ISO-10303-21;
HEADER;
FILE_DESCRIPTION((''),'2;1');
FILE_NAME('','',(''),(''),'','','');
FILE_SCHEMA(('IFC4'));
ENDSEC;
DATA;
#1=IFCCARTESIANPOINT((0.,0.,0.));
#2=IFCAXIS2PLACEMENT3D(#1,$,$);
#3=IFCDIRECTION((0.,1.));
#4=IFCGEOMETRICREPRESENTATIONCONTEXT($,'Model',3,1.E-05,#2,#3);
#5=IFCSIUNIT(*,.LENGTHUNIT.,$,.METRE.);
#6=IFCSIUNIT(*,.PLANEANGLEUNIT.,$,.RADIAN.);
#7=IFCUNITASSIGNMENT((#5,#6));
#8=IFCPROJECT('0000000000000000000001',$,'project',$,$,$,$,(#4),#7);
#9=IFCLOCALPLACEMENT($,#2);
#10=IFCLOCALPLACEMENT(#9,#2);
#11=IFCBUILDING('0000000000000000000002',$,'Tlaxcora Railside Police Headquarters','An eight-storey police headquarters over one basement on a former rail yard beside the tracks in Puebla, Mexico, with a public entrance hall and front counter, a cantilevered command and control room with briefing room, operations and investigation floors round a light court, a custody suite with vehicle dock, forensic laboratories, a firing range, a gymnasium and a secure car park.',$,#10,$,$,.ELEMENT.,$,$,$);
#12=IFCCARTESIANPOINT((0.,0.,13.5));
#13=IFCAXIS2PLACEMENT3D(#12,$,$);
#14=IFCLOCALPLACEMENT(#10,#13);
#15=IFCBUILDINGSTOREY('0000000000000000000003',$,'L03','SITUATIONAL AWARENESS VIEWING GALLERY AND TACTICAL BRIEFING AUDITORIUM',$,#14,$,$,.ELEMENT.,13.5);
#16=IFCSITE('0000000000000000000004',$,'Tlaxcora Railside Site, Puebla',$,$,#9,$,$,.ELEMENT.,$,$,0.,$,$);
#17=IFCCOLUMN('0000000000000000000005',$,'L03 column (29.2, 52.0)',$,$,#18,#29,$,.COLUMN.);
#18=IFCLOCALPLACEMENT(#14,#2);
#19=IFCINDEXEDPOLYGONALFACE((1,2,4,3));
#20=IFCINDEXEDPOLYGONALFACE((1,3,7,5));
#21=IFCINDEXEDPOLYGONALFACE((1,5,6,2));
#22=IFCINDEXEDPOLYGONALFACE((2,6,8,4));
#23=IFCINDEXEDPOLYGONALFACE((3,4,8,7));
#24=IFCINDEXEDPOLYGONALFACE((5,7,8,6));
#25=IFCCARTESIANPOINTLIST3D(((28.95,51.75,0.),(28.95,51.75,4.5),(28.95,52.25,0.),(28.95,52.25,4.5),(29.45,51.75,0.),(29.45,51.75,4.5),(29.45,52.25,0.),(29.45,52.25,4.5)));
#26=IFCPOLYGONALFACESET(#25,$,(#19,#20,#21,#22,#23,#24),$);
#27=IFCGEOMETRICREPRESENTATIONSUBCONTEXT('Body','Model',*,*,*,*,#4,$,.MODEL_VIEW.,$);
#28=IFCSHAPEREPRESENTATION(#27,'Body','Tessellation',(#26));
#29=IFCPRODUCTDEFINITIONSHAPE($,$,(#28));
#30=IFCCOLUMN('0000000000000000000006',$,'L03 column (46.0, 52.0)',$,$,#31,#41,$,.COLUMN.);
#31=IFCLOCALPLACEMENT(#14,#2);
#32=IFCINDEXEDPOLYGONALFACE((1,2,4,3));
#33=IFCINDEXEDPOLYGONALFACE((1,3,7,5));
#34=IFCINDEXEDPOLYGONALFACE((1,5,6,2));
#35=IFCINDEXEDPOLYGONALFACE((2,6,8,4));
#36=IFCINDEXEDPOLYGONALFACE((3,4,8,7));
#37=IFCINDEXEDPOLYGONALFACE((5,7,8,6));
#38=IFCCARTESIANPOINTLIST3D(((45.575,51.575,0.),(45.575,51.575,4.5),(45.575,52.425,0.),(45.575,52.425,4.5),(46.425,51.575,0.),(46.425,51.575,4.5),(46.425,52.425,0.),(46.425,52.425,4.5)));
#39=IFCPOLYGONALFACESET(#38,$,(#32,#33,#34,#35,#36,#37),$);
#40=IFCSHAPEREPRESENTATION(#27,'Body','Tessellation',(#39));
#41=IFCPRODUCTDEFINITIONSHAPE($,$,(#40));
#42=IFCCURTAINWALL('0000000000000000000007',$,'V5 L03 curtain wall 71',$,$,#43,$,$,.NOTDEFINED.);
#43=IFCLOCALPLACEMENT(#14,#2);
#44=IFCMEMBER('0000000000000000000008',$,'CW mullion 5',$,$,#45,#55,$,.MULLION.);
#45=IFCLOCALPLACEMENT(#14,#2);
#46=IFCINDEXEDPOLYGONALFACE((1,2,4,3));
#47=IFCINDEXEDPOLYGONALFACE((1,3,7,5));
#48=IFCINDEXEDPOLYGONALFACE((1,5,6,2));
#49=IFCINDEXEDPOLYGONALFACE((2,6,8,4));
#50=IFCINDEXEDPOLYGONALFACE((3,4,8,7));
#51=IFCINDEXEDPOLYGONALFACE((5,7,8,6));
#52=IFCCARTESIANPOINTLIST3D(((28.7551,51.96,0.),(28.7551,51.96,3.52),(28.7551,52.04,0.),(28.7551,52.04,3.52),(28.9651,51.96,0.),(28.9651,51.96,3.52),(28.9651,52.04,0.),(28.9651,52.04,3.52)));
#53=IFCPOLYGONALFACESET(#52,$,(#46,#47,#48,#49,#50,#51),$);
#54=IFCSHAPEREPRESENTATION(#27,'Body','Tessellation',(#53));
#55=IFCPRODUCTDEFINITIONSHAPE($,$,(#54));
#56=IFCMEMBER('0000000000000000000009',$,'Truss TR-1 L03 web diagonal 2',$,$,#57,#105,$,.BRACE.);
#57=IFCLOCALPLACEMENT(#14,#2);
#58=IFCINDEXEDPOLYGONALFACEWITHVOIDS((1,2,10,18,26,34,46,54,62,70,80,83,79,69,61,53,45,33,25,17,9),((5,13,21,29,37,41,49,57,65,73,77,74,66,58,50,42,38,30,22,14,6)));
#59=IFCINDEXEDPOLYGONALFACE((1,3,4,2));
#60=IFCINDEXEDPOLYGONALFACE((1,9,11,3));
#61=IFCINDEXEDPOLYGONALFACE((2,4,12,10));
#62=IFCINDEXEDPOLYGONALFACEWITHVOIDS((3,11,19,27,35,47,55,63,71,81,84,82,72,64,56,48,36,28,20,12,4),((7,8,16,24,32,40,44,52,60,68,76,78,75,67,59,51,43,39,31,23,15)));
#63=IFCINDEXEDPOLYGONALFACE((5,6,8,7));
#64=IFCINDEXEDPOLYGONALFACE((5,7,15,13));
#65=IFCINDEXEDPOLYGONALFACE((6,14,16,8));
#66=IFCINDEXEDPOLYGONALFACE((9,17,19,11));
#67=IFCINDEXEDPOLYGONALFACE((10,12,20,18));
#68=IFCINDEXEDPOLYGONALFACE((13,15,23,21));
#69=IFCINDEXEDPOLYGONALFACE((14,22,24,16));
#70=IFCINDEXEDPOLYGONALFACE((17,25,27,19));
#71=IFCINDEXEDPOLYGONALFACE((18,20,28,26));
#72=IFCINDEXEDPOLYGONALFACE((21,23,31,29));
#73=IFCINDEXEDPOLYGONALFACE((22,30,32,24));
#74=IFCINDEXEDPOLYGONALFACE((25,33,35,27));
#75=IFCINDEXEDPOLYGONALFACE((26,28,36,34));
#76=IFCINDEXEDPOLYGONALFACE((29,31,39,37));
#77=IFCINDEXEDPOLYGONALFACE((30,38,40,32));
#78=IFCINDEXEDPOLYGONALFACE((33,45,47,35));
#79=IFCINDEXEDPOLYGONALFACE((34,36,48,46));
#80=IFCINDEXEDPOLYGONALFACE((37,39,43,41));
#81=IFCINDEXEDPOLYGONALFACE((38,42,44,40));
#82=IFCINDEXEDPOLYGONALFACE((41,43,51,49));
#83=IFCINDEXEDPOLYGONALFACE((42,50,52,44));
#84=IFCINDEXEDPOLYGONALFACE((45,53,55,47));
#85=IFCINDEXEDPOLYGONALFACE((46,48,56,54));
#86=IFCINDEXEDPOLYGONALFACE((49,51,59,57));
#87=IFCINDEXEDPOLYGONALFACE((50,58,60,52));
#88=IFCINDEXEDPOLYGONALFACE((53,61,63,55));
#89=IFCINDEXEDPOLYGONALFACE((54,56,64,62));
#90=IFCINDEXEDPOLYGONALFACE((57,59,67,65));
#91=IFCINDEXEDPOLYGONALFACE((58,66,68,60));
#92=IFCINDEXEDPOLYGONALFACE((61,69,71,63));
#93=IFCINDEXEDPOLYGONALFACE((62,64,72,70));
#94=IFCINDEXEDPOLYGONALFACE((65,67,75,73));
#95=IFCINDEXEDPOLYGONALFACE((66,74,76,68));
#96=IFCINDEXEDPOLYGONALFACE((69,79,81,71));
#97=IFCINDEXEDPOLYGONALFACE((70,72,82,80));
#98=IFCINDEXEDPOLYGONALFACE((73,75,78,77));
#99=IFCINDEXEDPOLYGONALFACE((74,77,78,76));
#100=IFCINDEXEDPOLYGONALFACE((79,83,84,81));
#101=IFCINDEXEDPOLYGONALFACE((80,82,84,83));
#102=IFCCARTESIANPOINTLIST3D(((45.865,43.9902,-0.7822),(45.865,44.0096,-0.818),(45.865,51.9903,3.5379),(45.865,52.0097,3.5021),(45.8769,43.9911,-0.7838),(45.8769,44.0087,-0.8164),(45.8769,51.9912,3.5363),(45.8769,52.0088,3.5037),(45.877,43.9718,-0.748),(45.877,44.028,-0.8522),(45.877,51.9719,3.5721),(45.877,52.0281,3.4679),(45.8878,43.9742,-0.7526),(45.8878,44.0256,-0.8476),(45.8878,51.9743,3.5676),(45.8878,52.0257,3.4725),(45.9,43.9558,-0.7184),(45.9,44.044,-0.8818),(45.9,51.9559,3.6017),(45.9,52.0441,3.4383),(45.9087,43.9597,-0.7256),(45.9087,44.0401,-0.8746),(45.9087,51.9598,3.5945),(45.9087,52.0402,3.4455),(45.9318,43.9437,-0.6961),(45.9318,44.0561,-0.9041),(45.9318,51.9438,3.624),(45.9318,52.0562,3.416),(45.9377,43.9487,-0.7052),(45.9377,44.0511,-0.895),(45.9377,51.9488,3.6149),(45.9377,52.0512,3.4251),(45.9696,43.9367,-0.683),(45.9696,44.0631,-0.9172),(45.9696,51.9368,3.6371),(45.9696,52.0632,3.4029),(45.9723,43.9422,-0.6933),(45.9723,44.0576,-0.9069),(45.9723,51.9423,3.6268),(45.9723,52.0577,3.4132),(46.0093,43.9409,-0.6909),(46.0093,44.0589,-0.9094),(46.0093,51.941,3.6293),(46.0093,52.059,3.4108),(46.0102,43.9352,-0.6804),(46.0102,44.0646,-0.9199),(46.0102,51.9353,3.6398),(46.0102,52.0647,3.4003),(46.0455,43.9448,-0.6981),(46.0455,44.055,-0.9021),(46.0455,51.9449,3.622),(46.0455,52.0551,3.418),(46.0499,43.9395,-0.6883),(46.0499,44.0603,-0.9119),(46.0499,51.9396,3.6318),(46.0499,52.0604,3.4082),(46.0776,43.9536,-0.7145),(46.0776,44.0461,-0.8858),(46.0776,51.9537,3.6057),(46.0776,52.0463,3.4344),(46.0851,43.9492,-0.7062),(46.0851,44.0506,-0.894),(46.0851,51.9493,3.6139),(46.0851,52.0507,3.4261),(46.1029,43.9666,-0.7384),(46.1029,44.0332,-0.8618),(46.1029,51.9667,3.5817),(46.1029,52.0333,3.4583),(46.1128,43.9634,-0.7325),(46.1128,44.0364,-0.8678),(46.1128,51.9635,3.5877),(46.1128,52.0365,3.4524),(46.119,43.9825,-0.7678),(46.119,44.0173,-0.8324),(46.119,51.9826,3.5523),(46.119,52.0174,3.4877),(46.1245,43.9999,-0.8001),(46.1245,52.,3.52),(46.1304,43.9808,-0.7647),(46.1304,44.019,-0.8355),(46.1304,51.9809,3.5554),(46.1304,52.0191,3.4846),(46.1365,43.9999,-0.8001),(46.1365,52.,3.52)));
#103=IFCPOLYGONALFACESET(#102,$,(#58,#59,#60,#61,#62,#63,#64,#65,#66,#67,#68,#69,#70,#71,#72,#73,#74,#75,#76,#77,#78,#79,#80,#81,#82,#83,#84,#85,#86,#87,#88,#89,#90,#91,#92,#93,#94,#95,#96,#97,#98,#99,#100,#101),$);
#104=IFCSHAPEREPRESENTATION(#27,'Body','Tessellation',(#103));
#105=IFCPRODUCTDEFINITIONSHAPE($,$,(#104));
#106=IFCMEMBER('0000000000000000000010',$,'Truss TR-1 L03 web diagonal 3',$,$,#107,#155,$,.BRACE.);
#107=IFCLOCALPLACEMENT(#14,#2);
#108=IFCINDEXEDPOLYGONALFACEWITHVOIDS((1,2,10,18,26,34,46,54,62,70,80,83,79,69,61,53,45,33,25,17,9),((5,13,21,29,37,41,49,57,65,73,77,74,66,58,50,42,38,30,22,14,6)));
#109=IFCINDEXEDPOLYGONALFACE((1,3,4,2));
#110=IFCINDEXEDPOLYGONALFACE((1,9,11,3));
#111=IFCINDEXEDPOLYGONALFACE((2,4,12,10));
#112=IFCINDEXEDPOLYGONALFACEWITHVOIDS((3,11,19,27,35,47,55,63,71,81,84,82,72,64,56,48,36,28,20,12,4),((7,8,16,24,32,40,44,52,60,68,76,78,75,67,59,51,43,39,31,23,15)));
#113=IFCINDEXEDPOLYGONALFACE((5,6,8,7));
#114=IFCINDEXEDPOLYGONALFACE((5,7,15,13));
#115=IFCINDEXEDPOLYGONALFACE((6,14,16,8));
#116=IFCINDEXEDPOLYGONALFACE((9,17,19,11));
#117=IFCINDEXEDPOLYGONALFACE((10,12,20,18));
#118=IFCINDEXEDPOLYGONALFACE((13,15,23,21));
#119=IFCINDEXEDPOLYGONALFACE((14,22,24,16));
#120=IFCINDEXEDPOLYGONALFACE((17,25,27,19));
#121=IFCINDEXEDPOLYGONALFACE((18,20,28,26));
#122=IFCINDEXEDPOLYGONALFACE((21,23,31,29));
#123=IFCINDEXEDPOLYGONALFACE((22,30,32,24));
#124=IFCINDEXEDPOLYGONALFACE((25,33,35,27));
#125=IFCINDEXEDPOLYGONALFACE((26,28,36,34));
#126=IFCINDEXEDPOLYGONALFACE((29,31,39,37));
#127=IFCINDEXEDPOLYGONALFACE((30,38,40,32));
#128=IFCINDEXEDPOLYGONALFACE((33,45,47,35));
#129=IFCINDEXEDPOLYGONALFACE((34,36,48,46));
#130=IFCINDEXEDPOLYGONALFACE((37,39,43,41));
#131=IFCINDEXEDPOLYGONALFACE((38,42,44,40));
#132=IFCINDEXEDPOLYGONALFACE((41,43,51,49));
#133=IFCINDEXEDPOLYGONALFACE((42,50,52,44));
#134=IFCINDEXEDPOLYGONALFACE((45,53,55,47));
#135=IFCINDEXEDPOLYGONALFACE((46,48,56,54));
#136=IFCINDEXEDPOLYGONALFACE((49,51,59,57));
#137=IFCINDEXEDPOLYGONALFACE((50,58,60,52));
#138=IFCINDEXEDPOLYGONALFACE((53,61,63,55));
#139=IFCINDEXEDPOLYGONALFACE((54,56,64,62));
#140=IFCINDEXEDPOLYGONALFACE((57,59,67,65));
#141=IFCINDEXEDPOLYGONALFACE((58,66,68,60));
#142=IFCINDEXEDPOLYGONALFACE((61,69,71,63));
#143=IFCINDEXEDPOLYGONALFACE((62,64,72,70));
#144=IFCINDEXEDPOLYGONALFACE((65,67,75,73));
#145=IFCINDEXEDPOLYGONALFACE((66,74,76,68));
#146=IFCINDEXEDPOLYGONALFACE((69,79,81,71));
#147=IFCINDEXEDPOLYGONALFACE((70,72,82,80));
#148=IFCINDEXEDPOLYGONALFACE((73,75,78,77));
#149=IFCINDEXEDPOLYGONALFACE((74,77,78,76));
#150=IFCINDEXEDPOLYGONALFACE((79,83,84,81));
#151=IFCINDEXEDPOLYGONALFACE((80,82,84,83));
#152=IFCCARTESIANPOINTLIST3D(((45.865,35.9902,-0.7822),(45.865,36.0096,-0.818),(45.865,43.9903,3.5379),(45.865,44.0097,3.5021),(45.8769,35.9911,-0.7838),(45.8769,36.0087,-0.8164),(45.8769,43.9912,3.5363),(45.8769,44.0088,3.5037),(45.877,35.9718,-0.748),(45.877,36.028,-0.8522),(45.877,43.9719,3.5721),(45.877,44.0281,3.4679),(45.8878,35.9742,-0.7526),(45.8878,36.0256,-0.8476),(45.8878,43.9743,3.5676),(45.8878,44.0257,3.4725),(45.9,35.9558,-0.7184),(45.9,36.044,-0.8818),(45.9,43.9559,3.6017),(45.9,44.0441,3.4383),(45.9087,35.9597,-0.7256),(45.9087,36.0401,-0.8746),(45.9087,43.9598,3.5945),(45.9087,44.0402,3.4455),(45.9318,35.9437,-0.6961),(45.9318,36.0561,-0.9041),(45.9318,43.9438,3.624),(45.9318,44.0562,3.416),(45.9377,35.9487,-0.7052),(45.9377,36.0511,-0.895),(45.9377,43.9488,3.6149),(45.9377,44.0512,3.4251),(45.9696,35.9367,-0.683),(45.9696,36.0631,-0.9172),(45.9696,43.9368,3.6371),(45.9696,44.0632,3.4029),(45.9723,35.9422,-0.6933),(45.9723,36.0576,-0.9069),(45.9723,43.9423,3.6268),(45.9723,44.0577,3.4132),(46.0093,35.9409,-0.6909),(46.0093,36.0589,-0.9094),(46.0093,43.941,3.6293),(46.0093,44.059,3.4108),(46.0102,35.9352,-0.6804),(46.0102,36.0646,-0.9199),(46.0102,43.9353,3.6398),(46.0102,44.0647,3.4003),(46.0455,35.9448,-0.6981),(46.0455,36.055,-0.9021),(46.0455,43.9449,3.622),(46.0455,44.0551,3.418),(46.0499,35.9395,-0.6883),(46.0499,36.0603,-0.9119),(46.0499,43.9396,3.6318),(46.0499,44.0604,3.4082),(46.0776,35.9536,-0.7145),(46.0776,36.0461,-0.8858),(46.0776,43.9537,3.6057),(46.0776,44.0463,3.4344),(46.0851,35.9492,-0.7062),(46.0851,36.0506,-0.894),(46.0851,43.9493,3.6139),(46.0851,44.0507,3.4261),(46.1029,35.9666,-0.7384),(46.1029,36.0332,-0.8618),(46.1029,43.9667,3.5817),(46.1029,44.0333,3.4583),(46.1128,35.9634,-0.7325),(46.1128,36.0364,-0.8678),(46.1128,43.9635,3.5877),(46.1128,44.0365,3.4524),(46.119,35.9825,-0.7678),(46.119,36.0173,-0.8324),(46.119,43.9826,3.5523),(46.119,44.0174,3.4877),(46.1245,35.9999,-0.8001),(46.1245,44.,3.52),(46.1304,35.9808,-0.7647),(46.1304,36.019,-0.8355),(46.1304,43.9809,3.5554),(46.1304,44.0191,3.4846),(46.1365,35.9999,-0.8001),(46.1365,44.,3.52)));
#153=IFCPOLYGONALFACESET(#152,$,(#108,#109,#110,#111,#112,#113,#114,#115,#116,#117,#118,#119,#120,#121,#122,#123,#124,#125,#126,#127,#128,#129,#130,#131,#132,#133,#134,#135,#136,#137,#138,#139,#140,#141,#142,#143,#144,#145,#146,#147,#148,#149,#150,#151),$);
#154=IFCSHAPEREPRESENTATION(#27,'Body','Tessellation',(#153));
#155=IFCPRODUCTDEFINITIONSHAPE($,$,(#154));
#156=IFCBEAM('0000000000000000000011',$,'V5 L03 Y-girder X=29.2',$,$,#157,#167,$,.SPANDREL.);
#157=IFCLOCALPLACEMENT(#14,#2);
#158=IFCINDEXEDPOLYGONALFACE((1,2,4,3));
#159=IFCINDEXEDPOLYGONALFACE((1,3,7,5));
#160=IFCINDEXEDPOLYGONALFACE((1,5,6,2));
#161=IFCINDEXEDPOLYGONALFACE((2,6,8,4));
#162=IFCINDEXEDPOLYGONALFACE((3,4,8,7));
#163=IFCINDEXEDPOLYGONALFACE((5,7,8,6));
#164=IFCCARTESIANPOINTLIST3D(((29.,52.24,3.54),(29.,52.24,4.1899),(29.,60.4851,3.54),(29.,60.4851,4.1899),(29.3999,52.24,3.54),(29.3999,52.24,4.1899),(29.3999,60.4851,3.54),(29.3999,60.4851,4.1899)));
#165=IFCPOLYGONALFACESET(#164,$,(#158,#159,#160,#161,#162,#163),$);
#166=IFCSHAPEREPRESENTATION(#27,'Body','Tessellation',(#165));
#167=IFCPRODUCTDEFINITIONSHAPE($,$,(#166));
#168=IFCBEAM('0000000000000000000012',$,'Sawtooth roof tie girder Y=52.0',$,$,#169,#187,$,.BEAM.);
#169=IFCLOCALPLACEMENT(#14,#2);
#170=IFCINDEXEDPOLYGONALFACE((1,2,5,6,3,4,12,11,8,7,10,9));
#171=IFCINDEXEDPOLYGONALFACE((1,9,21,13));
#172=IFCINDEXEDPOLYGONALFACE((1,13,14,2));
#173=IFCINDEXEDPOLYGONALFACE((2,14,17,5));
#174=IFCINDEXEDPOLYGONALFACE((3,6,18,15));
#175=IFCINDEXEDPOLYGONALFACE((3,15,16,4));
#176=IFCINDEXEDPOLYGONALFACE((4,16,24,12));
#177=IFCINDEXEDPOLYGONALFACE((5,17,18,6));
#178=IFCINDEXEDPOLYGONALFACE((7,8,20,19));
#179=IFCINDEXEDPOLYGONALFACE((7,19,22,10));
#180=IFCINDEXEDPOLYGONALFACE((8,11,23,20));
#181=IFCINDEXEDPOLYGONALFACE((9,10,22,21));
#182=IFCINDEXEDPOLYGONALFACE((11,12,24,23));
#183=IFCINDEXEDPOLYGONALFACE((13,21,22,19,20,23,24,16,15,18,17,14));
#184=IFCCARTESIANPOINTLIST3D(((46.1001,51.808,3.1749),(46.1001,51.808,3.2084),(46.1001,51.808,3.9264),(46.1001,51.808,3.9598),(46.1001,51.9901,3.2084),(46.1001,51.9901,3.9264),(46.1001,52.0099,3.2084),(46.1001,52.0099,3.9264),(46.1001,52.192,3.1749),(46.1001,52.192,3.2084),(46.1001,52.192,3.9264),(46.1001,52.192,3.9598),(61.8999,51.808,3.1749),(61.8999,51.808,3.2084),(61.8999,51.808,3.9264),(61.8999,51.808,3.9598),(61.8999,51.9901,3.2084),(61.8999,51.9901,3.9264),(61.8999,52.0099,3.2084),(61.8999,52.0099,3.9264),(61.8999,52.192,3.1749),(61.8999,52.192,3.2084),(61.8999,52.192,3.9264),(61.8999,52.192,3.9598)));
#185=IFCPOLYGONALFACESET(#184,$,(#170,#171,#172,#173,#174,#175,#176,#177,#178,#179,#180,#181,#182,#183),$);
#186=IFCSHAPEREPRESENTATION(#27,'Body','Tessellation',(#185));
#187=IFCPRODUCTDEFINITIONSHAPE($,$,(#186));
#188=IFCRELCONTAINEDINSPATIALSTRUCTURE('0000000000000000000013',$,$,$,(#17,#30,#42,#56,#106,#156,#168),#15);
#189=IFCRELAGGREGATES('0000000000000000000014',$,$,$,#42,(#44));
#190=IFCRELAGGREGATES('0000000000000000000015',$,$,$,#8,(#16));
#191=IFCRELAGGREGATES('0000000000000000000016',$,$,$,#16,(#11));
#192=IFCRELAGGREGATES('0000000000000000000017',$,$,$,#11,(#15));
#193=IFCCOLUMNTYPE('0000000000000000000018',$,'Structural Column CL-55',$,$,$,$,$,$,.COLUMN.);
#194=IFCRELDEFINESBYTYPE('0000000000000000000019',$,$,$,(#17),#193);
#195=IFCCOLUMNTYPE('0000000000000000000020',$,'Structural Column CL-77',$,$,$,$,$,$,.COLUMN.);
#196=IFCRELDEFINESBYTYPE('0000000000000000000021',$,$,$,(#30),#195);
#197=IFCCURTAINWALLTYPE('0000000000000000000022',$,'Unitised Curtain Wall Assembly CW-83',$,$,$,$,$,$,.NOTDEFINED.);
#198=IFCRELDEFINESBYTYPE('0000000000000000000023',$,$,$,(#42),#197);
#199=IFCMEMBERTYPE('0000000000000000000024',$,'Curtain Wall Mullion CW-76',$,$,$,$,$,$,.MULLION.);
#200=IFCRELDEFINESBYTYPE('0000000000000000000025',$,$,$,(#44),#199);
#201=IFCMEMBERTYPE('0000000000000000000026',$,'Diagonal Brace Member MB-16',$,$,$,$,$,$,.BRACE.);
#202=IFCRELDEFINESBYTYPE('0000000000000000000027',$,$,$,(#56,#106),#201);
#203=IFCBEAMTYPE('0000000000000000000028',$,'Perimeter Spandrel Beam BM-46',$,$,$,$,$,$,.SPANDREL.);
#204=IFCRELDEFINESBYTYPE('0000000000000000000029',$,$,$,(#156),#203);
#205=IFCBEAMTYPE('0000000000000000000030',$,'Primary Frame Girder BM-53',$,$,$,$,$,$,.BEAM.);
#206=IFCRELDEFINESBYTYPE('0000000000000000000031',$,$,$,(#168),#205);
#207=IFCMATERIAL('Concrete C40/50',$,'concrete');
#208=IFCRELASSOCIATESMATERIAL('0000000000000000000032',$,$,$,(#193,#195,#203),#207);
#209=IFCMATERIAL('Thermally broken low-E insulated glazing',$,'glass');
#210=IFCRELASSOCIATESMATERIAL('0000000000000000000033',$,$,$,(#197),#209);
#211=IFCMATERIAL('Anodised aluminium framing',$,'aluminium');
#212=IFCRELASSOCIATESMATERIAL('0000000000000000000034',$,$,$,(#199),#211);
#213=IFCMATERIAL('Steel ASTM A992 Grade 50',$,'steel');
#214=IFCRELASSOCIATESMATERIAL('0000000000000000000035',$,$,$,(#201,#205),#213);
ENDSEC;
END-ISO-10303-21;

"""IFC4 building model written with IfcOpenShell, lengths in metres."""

from ifc_helpers import new_model, si_unit, direction, frame, origin, origin_2d, place, context, subcontext, project, spatial, rectangle, hollow_circle, i_section, extrude, material, material_profile, profile_set, type_object, element, aggregate, save


model = new_model("IFC4")

# Units and contexts
model_context = context("Model", 3, precision=1e-05, world=origin(), true_north=direction((0.0, 1.0)))
body_context = subcontext(model_context, "Body", "Model", "MODEL_VIEW")
ifc_project = project(units=[si_unit("LENGTHUNIT", "METRE"), si_unit("PLANEANGLEUNIT", "RADIAN")], contexts=[model_context])

# Site, building, storey
site_placement = place(None, origin())
site = spatial("IfcSite", under=ifc_project, at=site_placement, Name="Tlaxcora Railside Site, Puebla", CompositionType="ELEMENT", RefElevation=0.0)
building_placement = place(site_placement, origin())
building = spatial("IfcBuilding", under=site, at=building_placement, Name="Tlaxcora Railside Police Headquarters", Description="An eight-storey police headquarters over one basement on a former rail yard beside the tracks in Puebla, Mexico, with a public entrance hall and front counter, a cantilevered command and control room with briefing room, operations and investigation floors round a light court, a custody suite with vehicle dock, forensic laboratories, a firing range, a gymnasium and a secure car park.", CompositionType="ELEMENT")
storey_placement = place(building_placement, frame((0.0, 0.0, 13.5)))
storey = spatial("IfcBuildingStorey", under=building, at=storey_placement, Name="L03", Description="SITUATIONAL AWARENESS VIEWING GALLERY AND TACTICAL BRIEFING AUDITORIUM", CompositionType="ELEMENT", Elevation=13.5)

# Columns
ifc_material_1 = material(Name="Concrete C40/50", Category="concrete")
ifc_material_profile_1 = material_profile(ifc_material_1, rectangle(XDim=0.5, YDim=0.5, at=origin_2d()), Name="RC500X500")
ifc_profile_set_1 = profile_set([ifc_material_profile_1], Name="Concrete C40/50")
column_type_1 = type_object("IfcColumnType", Name="Structural Column CL-55", PredefinedType="COLUMN", material=ifc_profile_set_1)
column_1_placement = place(storey_placement, frame((29.2, 52.0, 0.0), z_axis=(0.0, 0.0, 1.0), x_axis=(1.0, 0.0, 0.0)))
element("IfcColumn", 1, at=column_1_placement, inside=storey, type_object=column_type_1, Name="L03 column (29.2, 52.0)", PredefinedType="COLUMN", context=body_context, shape_type="SweptSolid", body=[
    extrude(rectangle(XDim=0.5, YDim=0.5, at=origin_2d()), origin(), (0.0, 0.0, 1.0), 4.5),
])
ifc_material_profile_2 = material_profile(ifc_material_1, rectangle(XDim=0.8501, YDim=0.8501, at=origin_2d()), Name="RC850X850")
ifc_profile_set_2 = profile_set([ifc_material_profile_2], Name="Concrete C40/50")
column_type_2 = type_object("IfcColumnType", Name="Structural Column CL-77", PredefinedType="COLUMN", material=ifc_profile_set_2)
column_2_placement = place(storey_placement, frame((46.0, 52.0, 0.0), z_axis=(0.0, 0.0, 1.0), x_axis=(1.0, 0.0, 0.0)))
element("IfcColumn", 2, at=column_2_placement, inside=storey, type_object=column_type_2, Name="L03 column (46.0, 52.0)", PredefinedType="COLUMN", context=body_context, shape_type="SweptSolid", body=[
    extrude(rectangle(XDim=0.8501, YDim=0.8501, at=origin_2d()), origin(), (0.0, 0.0, 1.0), 4.5),
])

# Curtain wall, member
ifc_material_2 = material(Name="Thermally broken low-E insulated glazing", Category="glass")
curtain_wall_type = type_object("IfcCurtainWallType", Name="Unitised Curtain Wall Assembly CW-83", PredefinedType="NOTDEFINED", material=ifc_material_2)
curtain_wall_placement = place(storey_placement, origin())
curtain_wall = element("IfcCurtainWall", 3, at=curtain_wall_placement, inside=storey, type_object=curtain_wall_type, Name="V5 L03 curtain wall 71", PredefinedType="NOTDEFINED")
ifc_material_3 = material(Name="Anodised aluminium framing", Category="aluminium")
ifc_material_profile_3 = material_profile(ifc_material_3, rectangle(XDim=0.0801, YDim=0.21, at=origin_2d()), Name="AL80X210")
ifc_profile_set_3 = profile_set([ifc_material_profile_3], Name="Anodised aluminium framing")
member_type_1 = type_object("IfcMemberType", Name="Curtain Wall Mullion CW-76", PredefinedType="MULLION", material=ifc_profile_set_3)
member_placement = place(storey_placement, frame((28.8601, 52.0, 0.0), z_axis=(0.0, 0.0, 1.0), x_axis=(0.0, 1.0, 0.0)))
member = element("IfcMember", 4, at=member_placement, type_object=member_type_1, Name="CW mullion 5", PredefinedType="MULLION", context=body_context, shape_type="SweptSolid", body=[
    extrude(rectangle(XDim=0.0801, YDim=0.21, at=origin_2d()), origin(), (0.0, 0.0, 1.0), 3.52),
])
aggregate(curtain_wall, [member])

# Members
ifc_material_4 = material(Name="Steel ASTM A992 Grade 50", Category="steel")
ifc_material_profile_4 = material_profile(ifc_material_4, hollow_circle(Radius=0.1365, WallThickness=0.012, at=origin_2d()), Name="CHS273X12")
ifc_profile_set_4 = profile_set([ifc_material_profile_4], Name="Steel ASTM A992 Grade 50")
member_type_2 = type_object("IfcMemberType", Name="Diagonal Brace Member MB-16", PredefinedType="BRACE", material=ifc_profile_set_4)
for number, where, z_axis, x_axis, name in (
    (5, (46.0, 52.0, 3.52), (0.0, -0.879902, -0.475155), (1.0, 0.0, 0.0), "Truss TR-1 L03 web diagonal 2"),
    (6, (46.0, 44.0, 3.52), (0.0, -0.879902, -0.475155), (1.0, 0.0, 0.0), "Truss TR-1 L03 web diagonal 3"),
):
    element("IfcMember", number, at=place(storey_placement, frame(where, z_axis=z_axis, x_axis=x_axis)), inside=storey, type_object=member_type_2, Name=name, PredefinedType="BRACE", context=body_context, shape_type="SweptSolid", body=[
        extrude(hollow_circle(Radius=0.1365, WallThickness=0.012, at=origin_2d()), origin(), (0.0, 0.0, 1.0), 9.092),
    ])

# Beams
ifc_material_profile_5 = material_profile(ifc_material_1, rectangle(XDim=0.3999, YDim=0.6499, at=origin_2d()), Name="RC400X650")
ifc_profile_set_5 = profile_set([ifc_material_profile_5], Name="Concrete C40/50")
beam_type_1 = type_object("IfcBeamType", Name="Perimeter Spandrel Beam BM-46", PredefinedType="SPANDREL", material=ifc_profile_set_5)
beam_placement = place(storey_placement, frame((29.2, 52.24, 3.865), z_axis=(0.0, 1.0, 0.0), x_axis=(-1.0, 0.0, 0.0)))
element("IfcBeam", 7, at=beam_placement, inside=storey, type_object=beam_type_1, Name="V5 L03 Y-girder X=29.2", PredefinedType="SPANDREL", context=body_context, shape_type="SweptSolid", body=[
    extrude(rectangle(XDim=0.3999, YDim=0.6499, at=origin_2d()), origin(), (0.0, 0.0, 1.0), 8.2451),
])
ifc_material_profile_6 = material_profile(ifc_material_4, i_section(OverallWidth=0.384, OverallDepth=0.7849, WebThickness=0.0198, FlangeThickness=0.0334, at=origin_2d()), Name="W30X211")
ifc_profile_set_6 = profile_set([ifc_material_profile_6], Name="Steel ASTM A992 Grade 50")
beam_type_2 = type_object("IfcBeamType", Name="Primary Frame Girder BM-53", PredefinedType="BEAM", material=ifc_profile_set_6)
for number, where, z_axis, x_axis, name in (
    (8, (46.1001, 52.0, 3.5674), (1.0, 0.0, 0.0), (0.0, 1.0, 0.0), "Sawtooth roof tie girder Y=52.0"),
):
    element("IfcBeam", number, at=place(storey_placement, frame(where, z_axis=z_axis, x_axis=x_axis)), inside=storey, type_object=beam_type_2, Name=name, PredefinedType="BEAM", context=body_context, shape_type="SweptSolid", body=[
        extrude(i_section(OverallWidth=0.384, OverallDepth=0.7849, WebThickness=0.0198, FlangeThickness=0.0334, at=origin_2d()), origin(), (0.0, 0.0, 1.0), 15.7998),
    ])

save(model, "model.ifc")
